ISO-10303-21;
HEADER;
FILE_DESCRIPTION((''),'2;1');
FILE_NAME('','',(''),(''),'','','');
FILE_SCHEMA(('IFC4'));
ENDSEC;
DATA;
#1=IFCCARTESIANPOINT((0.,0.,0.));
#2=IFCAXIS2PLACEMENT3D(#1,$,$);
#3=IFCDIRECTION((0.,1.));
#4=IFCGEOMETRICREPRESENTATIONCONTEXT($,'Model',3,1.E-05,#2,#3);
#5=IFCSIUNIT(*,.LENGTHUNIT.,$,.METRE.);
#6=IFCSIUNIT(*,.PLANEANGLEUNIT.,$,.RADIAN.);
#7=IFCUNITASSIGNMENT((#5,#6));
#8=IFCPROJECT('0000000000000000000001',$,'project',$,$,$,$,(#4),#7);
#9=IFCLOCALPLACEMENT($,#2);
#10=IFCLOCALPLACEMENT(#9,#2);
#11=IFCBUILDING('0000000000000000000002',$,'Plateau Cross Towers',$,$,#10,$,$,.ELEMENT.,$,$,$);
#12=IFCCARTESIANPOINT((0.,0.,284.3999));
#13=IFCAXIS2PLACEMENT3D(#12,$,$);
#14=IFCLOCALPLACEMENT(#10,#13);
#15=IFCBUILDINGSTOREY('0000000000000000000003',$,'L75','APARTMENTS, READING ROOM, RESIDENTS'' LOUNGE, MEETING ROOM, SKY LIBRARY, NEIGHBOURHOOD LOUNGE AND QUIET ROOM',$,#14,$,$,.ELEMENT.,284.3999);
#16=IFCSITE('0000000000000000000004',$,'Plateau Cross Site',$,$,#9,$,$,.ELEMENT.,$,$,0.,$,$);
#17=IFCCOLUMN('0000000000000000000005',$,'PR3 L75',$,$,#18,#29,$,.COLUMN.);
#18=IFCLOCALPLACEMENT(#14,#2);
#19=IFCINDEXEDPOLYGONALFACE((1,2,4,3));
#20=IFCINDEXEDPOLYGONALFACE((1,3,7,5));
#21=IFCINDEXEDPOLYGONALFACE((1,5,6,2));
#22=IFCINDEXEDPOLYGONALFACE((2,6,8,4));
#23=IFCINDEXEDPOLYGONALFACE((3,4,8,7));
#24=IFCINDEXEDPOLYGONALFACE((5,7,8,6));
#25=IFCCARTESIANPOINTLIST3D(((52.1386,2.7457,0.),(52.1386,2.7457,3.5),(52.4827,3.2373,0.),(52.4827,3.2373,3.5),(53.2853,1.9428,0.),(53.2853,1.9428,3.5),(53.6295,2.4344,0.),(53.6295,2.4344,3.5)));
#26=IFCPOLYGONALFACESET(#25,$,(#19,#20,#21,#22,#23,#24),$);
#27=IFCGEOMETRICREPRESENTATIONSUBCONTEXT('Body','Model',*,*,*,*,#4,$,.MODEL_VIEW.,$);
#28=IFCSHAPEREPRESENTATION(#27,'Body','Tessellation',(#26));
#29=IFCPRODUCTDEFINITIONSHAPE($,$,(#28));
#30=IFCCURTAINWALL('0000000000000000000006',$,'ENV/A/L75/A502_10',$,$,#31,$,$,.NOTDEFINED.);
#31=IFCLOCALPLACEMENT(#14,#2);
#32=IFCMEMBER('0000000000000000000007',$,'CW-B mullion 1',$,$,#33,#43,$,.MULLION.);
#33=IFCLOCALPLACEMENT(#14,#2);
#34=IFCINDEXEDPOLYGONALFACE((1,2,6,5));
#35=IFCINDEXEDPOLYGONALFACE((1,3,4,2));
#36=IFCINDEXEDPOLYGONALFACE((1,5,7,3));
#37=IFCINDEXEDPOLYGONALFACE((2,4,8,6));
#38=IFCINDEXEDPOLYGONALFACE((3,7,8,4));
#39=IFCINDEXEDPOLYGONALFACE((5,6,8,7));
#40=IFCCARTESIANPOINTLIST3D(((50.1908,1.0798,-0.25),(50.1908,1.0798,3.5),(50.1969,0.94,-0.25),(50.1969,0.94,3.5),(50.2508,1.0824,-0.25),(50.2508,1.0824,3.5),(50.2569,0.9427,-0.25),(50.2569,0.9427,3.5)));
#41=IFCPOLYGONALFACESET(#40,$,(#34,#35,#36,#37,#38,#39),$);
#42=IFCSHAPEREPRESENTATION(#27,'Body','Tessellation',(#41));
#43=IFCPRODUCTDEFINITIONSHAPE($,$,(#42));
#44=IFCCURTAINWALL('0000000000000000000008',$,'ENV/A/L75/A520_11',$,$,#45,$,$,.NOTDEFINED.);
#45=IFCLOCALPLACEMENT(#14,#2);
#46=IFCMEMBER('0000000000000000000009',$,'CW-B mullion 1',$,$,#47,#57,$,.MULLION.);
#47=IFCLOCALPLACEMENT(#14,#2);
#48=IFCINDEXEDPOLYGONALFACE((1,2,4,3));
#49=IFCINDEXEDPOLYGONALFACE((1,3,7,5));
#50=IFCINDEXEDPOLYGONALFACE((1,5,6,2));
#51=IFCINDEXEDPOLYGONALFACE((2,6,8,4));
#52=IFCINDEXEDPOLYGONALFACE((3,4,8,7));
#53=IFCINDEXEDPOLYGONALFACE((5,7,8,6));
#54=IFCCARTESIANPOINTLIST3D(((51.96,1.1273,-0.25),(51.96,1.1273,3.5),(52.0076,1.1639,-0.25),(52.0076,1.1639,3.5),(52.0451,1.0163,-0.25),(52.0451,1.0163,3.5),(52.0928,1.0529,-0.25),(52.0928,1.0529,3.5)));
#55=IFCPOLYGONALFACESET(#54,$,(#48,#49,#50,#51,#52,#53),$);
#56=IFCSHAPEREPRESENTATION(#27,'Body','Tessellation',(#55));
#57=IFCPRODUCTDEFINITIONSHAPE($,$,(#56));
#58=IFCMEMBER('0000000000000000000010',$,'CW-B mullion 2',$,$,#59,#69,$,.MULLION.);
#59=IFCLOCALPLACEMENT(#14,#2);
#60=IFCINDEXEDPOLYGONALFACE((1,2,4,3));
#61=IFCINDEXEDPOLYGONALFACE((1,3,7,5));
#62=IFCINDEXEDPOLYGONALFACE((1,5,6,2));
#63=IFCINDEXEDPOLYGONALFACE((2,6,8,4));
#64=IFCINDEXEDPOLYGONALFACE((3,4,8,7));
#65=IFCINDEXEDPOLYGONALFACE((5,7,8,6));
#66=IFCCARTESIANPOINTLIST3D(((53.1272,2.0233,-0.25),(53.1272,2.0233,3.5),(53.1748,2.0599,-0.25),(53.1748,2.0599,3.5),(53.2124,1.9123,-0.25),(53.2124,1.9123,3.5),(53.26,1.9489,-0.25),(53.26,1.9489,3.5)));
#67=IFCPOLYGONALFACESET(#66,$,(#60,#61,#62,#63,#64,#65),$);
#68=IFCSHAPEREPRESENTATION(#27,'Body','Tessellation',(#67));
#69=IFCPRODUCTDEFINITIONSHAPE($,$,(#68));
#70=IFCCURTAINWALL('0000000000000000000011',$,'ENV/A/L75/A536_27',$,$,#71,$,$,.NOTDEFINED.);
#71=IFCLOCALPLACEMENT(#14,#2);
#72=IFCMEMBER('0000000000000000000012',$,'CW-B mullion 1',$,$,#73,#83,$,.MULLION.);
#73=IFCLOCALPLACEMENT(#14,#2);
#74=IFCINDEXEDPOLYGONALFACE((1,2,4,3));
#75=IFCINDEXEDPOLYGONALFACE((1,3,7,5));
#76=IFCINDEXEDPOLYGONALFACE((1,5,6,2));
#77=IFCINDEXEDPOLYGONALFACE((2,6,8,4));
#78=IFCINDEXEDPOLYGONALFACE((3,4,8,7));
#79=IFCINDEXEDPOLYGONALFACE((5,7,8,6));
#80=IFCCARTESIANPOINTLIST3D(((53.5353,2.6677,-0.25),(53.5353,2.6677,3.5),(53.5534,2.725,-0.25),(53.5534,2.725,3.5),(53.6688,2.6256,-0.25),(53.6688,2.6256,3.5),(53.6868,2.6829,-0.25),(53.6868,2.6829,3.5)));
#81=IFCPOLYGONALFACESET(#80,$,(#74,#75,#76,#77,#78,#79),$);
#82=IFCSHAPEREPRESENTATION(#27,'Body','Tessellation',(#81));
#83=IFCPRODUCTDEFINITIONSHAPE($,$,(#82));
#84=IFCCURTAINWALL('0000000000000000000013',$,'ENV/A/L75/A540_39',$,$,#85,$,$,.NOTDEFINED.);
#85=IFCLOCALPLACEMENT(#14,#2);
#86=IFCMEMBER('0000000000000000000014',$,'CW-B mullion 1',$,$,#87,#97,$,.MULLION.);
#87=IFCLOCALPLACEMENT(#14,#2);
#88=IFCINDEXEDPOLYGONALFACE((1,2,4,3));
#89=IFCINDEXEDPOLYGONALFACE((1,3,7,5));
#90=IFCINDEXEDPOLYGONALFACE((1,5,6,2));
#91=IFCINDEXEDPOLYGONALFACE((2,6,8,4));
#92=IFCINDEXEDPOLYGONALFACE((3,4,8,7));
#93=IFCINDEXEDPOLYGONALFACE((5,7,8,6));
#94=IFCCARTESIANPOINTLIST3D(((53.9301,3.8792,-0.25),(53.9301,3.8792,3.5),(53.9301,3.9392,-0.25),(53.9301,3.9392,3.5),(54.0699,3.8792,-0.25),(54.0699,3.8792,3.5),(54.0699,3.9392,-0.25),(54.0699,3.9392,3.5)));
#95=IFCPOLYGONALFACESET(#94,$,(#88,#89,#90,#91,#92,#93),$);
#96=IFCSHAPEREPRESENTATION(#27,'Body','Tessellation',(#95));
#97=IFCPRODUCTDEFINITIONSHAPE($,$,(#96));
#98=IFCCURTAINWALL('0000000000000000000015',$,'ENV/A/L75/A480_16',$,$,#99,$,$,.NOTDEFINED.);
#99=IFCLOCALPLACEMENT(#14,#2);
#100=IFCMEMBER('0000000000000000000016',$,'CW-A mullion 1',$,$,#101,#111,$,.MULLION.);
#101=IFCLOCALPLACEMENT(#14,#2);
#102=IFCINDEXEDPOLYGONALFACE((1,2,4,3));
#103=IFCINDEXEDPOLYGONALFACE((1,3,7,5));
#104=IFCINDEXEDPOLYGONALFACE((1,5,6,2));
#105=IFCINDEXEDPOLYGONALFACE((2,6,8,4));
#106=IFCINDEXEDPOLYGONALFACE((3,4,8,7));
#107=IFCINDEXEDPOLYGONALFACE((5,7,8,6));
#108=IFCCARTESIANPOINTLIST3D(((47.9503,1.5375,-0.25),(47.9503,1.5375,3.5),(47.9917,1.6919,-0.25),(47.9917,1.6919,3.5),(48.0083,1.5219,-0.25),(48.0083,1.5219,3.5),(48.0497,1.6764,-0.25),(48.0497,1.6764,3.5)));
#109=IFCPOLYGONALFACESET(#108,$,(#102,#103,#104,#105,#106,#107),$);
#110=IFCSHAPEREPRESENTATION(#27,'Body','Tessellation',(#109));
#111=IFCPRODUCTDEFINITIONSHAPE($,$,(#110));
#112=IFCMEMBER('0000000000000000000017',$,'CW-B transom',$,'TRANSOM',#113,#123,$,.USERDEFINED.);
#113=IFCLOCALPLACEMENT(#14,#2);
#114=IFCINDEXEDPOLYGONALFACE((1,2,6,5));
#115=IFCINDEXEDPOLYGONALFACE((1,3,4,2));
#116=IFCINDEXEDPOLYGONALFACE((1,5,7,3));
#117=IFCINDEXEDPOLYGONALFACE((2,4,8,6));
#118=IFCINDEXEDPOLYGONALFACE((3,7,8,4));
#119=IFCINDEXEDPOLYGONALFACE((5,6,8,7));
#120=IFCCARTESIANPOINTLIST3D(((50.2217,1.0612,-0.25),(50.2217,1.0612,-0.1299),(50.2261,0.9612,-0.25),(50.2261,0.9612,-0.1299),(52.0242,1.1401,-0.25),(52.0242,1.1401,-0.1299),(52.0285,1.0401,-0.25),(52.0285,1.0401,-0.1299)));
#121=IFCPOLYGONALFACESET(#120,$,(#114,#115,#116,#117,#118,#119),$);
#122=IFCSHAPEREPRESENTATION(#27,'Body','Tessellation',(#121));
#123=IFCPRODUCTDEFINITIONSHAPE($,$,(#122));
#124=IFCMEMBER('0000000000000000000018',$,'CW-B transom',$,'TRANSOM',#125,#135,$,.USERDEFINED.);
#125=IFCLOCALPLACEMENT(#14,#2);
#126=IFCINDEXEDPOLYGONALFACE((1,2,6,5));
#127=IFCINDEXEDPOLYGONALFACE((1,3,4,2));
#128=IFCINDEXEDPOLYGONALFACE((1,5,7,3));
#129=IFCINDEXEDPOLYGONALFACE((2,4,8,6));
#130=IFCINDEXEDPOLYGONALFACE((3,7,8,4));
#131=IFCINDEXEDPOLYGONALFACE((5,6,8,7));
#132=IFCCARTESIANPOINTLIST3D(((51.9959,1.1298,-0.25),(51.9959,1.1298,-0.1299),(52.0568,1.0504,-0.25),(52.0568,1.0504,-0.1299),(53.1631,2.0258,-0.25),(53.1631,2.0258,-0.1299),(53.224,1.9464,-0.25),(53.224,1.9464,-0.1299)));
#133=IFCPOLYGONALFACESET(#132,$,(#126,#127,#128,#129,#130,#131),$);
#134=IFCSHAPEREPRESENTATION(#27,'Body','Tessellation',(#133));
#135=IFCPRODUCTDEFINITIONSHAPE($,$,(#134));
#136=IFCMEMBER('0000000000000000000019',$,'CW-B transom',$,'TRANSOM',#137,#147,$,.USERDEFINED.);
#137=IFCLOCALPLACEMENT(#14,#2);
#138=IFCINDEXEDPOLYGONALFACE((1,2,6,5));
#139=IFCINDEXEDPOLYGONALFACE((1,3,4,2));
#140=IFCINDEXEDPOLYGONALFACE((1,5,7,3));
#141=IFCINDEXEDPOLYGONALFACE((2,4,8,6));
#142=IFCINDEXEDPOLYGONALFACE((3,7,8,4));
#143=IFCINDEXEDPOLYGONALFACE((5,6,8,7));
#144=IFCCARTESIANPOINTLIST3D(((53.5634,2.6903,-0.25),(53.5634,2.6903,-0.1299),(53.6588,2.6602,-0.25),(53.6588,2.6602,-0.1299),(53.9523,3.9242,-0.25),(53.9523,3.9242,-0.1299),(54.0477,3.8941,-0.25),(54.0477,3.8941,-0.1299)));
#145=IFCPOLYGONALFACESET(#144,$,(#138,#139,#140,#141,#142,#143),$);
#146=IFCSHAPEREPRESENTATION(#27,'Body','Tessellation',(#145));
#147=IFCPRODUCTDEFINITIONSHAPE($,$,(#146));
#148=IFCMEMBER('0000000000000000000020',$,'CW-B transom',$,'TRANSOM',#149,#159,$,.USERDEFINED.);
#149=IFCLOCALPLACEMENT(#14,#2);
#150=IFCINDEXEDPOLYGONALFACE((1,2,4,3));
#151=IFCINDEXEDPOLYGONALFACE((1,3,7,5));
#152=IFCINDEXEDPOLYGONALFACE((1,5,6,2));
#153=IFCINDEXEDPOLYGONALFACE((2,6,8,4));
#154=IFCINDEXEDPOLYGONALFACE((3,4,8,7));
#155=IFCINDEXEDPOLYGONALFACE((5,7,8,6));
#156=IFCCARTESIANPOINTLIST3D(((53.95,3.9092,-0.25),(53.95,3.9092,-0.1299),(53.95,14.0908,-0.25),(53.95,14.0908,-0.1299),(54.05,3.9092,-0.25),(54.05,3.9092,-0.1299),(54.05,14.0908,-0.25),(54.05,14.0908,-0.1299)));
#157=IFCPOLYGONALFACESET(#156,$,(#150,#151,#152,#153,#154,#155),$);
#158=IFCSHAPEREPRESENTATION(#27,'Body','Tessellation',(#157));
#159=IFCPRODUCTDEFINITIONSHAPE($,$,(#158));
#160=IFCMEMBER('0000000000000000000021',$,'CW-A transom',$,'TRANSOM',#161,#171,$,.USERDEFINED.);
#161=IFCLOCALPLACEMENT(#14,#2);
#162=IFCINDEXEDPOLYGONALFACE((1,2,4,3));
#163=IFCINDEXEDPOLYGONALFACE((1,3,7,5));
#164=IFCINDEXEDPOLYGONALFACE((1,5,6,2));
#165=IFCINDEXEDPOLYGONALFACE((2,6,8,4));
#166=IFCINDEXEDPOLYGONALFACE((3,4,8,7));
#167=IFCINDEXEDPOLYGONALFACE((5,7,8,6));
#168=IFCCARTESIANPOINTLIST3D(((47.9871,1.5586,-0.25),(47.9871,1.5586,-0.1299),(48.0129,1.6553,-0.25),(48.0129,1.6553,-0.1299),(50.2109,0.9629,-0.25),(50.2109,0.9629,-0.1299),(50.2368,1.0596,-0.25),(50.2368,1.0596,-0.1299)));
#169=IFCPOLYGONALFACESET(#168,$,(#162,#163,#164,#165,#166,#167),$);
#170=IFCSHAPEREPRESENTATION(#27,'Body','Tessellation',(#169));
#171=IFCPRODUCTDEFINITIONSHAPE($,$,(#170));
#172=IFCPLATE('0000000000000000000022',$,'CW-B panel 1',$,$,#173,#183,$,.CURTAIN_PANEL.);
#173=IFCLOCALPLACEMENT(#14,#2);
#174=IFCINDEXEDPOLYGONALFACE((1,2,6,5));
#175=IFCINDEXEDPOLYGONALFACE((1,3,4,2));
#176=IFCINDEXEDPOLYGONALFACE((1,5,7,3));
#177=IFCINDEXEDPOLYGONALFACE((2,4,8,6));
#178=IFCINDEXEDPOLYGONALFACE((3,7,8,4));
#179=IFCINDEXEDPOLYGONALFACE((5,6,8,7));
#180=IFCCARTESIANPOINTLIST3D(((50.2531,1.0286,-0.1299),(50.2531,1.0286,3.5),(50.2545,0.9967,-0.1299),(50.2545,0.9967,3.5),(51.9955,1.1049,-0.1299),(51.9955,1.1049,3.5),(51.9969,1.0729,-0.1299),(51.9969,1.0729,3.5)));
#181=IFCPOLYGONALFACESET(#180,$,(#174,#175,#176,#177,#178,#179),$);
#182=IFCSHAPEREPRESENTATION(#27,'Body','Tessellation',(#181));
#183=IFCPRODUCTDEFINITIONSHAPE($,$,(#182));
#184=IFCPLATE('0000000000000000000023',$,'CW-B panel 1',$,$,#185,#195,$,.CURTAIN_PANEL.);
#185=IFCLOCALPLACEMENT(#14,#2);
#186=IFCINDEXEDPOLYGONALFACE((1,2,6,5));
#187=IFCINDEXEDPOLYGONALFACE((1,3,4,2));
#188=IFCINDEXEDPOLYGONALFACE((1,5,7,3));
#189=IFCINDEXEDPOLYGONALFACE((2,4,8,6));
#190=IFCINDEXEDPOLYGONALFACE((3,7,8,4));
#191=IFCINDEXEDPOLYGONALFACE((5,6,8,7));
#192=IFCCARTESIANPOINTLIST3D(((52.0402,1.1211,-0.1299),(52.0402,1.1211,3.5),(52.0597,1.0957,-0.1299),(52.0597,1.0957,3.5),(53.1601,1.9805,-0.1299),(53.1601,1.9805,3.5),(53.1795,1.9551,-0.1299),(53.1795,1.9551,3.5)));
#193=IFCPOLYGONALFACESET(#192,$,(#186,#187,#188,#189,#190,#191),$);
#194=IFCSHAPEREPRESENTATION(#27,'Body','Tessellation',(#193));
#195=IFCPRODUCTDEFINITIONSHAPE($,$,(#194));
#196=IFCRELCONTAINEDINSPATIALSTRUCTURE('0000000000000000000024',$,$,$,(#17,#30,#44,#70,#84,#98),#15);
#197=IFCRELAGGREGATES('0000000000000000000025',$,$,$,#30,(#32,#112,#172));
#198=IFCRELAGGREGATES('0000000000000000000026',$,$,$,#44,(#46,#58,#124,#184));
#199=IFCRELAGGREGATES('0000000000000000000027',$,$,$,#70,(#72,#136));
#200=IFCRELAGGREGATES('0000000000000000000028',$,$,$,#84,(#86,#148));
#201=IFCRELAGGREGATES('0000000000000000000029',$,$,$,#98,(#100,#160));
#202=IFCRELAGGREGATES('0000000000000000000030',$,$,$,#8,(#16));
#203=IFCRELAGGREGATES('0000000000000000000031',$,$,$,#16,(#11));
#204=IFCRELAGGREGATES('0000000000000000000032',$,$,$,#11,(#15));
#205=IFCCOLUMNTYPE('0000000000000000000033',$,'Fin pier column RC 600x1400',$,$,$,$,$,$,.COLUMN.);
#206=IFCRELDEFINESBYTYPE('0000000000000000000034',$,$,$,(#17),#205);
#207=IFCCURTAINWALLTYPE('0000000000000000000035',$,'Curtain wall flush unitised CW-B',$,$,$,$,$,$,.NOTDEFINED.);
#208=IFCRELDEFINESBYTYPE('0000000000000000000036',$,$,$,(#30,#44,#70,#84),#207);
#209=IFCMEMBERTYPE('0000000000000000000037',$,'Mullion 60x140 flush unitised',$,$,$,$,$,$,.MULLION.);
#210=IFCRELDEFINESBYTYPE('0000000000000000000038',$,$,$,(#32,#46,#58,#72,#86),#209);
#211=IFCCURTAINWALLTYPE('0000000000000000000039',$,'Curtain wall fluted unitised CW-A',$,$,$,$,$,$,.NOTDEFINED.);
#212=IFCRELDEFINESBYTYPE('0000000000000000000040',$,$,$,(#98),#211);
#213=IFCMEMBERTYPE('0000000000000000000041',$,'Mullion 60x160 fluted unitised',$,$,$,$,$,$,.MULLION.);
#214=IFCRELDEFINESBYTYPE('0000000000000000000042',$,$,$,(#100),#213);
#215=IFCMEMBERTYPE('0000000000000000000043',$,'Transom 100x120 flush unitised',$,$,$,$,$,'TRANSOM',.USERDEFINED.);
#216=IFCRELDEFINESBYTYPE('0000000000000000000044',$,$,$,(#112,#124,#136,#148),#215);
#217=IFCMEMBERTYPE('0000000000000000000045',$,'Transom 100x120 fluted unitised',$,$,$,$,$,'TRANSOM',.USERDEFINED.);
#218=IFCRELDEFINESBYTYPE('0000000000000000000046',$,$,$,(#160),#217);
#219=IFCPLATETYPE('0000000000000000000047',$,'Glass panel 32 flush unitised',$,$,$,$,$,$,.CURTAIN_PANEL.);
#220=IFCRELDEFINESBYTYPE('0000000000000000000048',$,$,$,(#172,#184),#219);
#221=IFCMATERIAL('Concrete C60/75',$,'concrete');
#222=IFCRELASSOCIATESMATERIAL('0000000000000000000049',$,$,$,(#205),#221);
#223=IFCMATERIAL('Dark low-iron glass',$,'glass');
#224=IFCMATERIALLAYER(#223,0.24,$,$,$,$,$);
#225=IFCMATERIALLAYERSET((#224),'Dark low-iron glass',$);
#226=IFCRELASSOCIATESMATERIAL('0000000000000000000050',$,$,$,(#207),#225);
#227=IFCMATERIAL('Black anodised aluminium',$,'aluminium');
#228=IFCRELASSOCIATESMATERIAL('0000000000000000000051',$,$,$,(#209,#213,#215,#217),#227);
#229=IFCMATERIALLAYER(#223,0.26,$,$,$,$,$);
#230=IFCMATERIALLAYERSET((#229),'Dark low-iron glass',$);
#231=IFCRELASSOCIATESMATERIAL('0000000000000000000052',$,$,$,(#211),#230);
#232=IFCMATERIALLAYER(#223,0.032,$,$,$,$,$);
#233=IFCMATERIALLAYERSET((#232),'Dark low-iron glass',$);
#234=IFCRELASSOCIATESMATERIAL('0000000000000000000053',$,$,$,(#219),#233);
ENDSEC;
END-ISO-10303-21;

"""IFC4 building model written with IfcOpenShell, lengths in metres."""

from ifc_helpers import new_model, si_unit, direction, frame, origin, origin_2d, place, context, subcontext, project, spatial, rectangle, extrude, material, layer, layer_set, material_profile, profile_set, type_object, element, aggregate, save


model = new_model("IFC4")

# Units and contexts
model_context = context("Model", 3, precision=1e-05, world=origin(), true_north=direction((0.0, 1.0)))
body_context = subcontext(model_context, "Body", "Model", "MODEL_VIEW")
ifc_project = project(units=[si_unit("LENGTHUNIT", "METRE"), si_unit("PLANEANGLEUNIT", "RADIAN")], contexts=[model_context])

# Site, building, storey
site_placement = place(None, origin())
site = spatial("IfcSite", under=ifc_project, at=site_placement, Name="Plateau Cross Site", CompositionType="ELEMENT", RefElevation=0.0)
building_placement = place(site_placement, origin())
building = spatial("IfcBuilding", under=site, at=building_placement, Name="Plateau Cross Towers", CompositionType="ELEMENT")
storey_placement = place(building_placement, frame((0.0, 0.0, 284.3999)))
storey = spatial("IfcBuildingStorey", under=building, at=storey_placement, Name="L75", Description="APARTMENTS, READING ROOM, RESIDENTS' LOUNGE, MEETING ROOM, SKY LIBRARY, NEIGHBOURHOOD LOUNGE AND QUIET ROOM", CompositionType="ELEMENT", Elevation=284.3999)

# Column
ifc_material_1 = material(Name="Concrete C60/75", Category="concrete")
ifc_material_profile_1 = material_profile(ifc_material_1, rectangle(XDim=0.6001, YDim=1.3999, at=origin_2d()), Name="RC 600x1400")
ifc_profile_set_1 = profile_set([ifc_material_profile_1], Name="Concrete C60/75")
column_type = type_object("IfcColumnType", Name="Fin pier column RC 600x1400", PredefinedType="COLUMN", material=ifc_profile_set_1)
column_placement = place(storey_placement, frame((52.884, 2.5901, 0.0), z_axis=(0.0, 0.0, 1.0), x_axis=(0.573543, 0.819176, 0.0)))
element("IfcColumn", 1, at=column_placement, inside=storey, type_object=column_type, Name="PR3 L75", PredefinedType="COLUMN", context=body_context, shape_type="SweptSolid", body=[
    extrude(rectangle(XDim=0.6001, YDim=1.3999, at=origin_2d()), origin(), (0.0, 0.0, 1.0), 3.5),
])

# Curtain wall, member
ifc_material_2 = material(Name="Dark low-iron glass", Category="glass")
ifc_layer_1 = layer(ifc_material_2, 0.24)
ifc_layer_set_1 = layer_set([ifc_layer_1], Name="Dark low-iron glass")
curtain_wall_type_1 = type_object("IfcCurtainWallType", Name="Curtain wall flush unitised CW-B", PredefinedType="NOTDEFINED", material=ifc_layer_set_1)
curtain_wall_1_placement = place(storey_placement, origin())
curtain_wall_1 = element("IfcCurtainWall", 2, at=curtain_wall_1_placement, inside=storey, type_object=curtain_wall_type_1, Name="ENV/A/L75/A502_10", PredefinedType="NOTDEFINED")
ifc_material_3 = material(Name="Black anodised aluminium", Category="aluminium")
ifc_material_profile_2 = material_profile(ifc_material_3, rectangle(XDim=0.0601, YDim=0.1399, at=origin_2d()), Name="MULLION 60x140")
ifc_profile_set_2 = profile_set([ifc_material_profile_2], Name="Black anodised aluminium")
member_type_1 = type_object("IfcMemberType", Name="Mullion 60x140 flush unitised", PredefinedType="MULLION", material=ifc_profile_set_2)
member_1_placement = place(storey_placement, frame((50.2239, 1.0112, -0.25), z_axis=(0.0, 0.0, 1.0), x_axis=(0.999044, 0.043723, 0.0)))
member_1 = element("IfcMember", 3, at=member_1_placement, type_object=member_type_1, Name="CW-B mullion 1", PredefinedType="MULLION", context=body_context, shape_type="SweptSolid", body=[
    extrude(rectangle(XDim=0.0601, YDim=0.1399, at=origin_2d()), origin(), (0.0, 0.0, 1.0), 3.75),
])

# Curtain wall, members
curtain_wall_2_placement = place(storey_placement, origin())
curtain_wall_2 = element("IfcCurtainWall", 4, at=curtain_wall_2_placement, inside=storey, type_object=curtain_wall_type_1, Name="ENV/A/L75/A520_11", PredefinedType="NOTDEFINED")
member_2_placement = place(storey_placement, frame((52.0264, 1.0901, -0.25), z_axis=(0.0, 0.0, 1.0), x_axis=(0.793316, 0.608811, 0.0)))
member_2 = element("IfcMember", 5, at=member_2_placement, type_object=member_type_1, Name="CW-B mullion 1", PredefinedType="MULLION", context=body_context, shape_type="SweptSolid", body=[
    extrude(rectangle(XDim=0.0601, YDim=0.1399, at=origin_2d()), origin(), (0.0, 0.0, 1.0), 3.75),
])
member_3_placement = place(storey_placement, frame((53.1936, 1.9861, -0.25), z_axis=(0.0, 0.0, 1.0), x_axis=(0.793316, 0.608811, 0.0)))
member_3 = element("IfcMember", 6, at=member_3_placement, type_object=member_type_1, Name="CW-B mullion 2", PredefinedType="MULLION", context=body_context, shape_type="SweptSolid", body=[
    extrude(rectangle(XDim=0.0601, YDim=0.1399, at=origin_2d()), origin(), (0.0, 0.0, 1.0), 3.75),
])

# Curtain walls, members
curtain_wall_3_placement = place(storey_placement, origin())
curtain_wall_3 = element("IfcCurtainWall", 7, at=curtain_wall_3_placement, inside=storey, type_object=curtain_wall_type_1, Name="ENV/A/L75/A536_27", PredefinedType="NOTDEFINED")
member_4_placement = place(storey_placement, frame((53.6111, 2.6753, -0.25), z_axis=(0.0, 0.0, 1.0), x_axis=(0.300686, 0.953723, 0.0)))
member_4 = element("IfcMember", 8, at=member_4_placement, type_object=member_type_1, Name="CW-B mullion 1", PredefinedType="MULLION", context=body_context, shape_type="SweptSolid", body=[
    extrude(rectangle(XDim=0.0601, YDim=0.1399, at=origin_2d()), origin(), (0.0, 0.0, 1.0), 3.75),
])
curtain_wall_4_placement = place(storey_placement, origin())
curtain_wall_4 = element("IfcCurtainWall", 9, at=curtain_wall_4_placement, inside=storey, type_object=curtain_wall_type_1, Name="ENV/A/L75/A540_39", PredefinedType="NOTDEFINED")
member_5_placement = place(storey_placement, frame((54.0, 3.9092, -0.25), z_axis=(0.0, 0.0, 1.0), x_axis=(0.0, 1.0, 0.0)))
member_5 = element("IfcMember", 10, at=member_5_placement, type_object=member_type_1, Name="CW-B mullion 1", PredefinedType="MULLION", context=body_context, shape_type="SweptSolid", body=[
    extrude(rectangle(XDim=0.0601, YDim=0.1399, at=origin_2d()), origin(), (0.0, 0.0, 1.0), 3.75),
])
ifc_layer_2 = layer(ifc_material_2, 0.26)
ifc_layer_set_2 = layer_set([ifc_layer_2], Name="Dark low-iron glass")
curtain_wall_type_2 = type_object("IfcCurtainWallType", Name="Curtain wall fluted unitised CW-A", PredefinedType="NOTDEFINED", material=ifc_layer_set_2)
curtain_wall_5_placement = place(storey_placement, origin())
curtain_wall_5 = element("IfcCurtainWall", 11, at=curtain_wall_5_placement, inside=storey, type_object=curtain_wall_type_2, Name="ENV/A/L75/A480_16", PredefinedType="NOTDEFINED")
ifc_material_profile_3 = material_profile(ifc_material_3, rectangle(XDim=0.0601, YDim=0.1599, at=origin_2d()), Name="MULLION 60x160")
ifc_profile_set_3 = profile_set([ifc_material_profile_3], Name="Black anodised aluminium")
member_type_2 = type_object("IfcMemberType", Name="Mullion 60x160 fluted unitised", PredefinedType="MULLION", material=ifc_profile_set_3)
member_6_placement = place(storey_placement, frame((48.0, 1.6069, -0.25), z_axis=(0.0, 0.0, 1.0), x_axis=(0.965958, -0.258699, 0.0)))
member_6 = element("IfcMember", 12, at=member_6_placement, type_object=member_type_2, Name="CW-A mullion 1", PredefinedType="MULLION", context=body_context, shape_type="SweptSolid", body=[
    extrude(rectangle(XDim=0.0601, YDim=0.1599, at=origin_2d()), origin(), (0.0, 0.0, 1.0), 3.75),
])

# Members
ifc_material_profile_4 = material_profile(ifc_material_3, rectangle(XDim=0.1001, YDim=0.1201, at=origin_2d()), Name="TRANSOM 100x120")
ifc_profile_set_4 = profile_set([ifc_material_profile_4], Name="Black anodised aluminium")
member_type_3 = type_object("IfcMemberType", Name="Transom 100x120 flush unitised", ElementType="TRANSOM", PredefinedType="USERDEFINED", material=ifc_profile_set_4)
member_7_placement = place(storey_placement, frame((50.2239, 1.0112, -0.1899), z_axis=(0.999044, 0.043707, 0.0), x_axis=(-0.043707, 0.999044, 0.0)))
member_7 = element("IfcMember", 13, at=member_7_placement, type_object=member_type_3, Name="CW-B transom", ObjectType="TRANSOM", PredefinedType="USERDEFINED", context=body_context, shape_type="SweptSolid", body=[
    extrude(rectangle(XDim=0.1001, YDim=0.1201, at=origin_2d()), origin(), (0.0, 0.0, 1.0), 1.8042),
])
member_8_placement = place(storey_placement, frame((52.0264, 1.0901, -0.1899), z_axis=(0.79324, 0.608909, 0.0), x_axis=(-0.608909, 0.79324, 0.0)))
member_8 = element("IfcMember", 14, at=member_8_placement, type_object=member_type_3, Name="CW-B transom", ObjectType="TRANSOM", PredefinedType="USERDEFINED", context=body_context, shape_type="SweptSolid", body=[
    extrude(rectangle(XDim=0.1001, YDim=0.1201, at=origin_2d()), origin(), (0.0, 0.0, 1.0), 1.4714),
])
member_9_placement = place(storey_placement, frame((53.6111, 2.6753, -0.1899), z_axis=(0.300617, 0.953745, 0.0), x_axis=(-0.953745, 0.300617, 0.0)))
member_9 = element("IfcMember", 15, at=member_9_placement, type_object=member_type_3, Name="CW-B transom", ObjectType="TRANSOM", PredefinedType="USERDEFINED", context=body_context, shape_type="SweptSolid", body=[
    extrude(rectangle(XDim=0.1001, YDim=0.1201, at=origin_2d()), origin(), (0.0, 0.0, 1.0), 1.2937),
])
member_10_placement = place(storey_placement, frame((54.0, 3.9092, -0.1899), z_axis=(0.0, 1.0, 0.0), x_axis=(-1.0, 0.0, 0.0)))
member_10 = element("IfcMember", 16, at=member_10_placement, type_object=member_type_3, Name="CW-B transom", ObjectType="TRANSOM", PredefinedType="USERDEFINED", context=body_context, shape_type="SweptSolid", body=[
    extrude(rectangle(XDim=0.1001, YDim=0.1201, at=origin_2d()), origin(), (0.0, 0.0, 1.0), 10.1816),
])
ifc_material_profile_5 = material_profile(ifc_material_3, rectangle(XDim=0.1001, YDim=0.1201, at=origin_2d()), Name="TRANSOM 100x120")
ifc_profile_set_5 = profile_set([ifc_material_profile_5], Name="Black anodised aluminium")
member_type_4 = type_object("IfcMemberType", Name="Transom 100x120 fluted unitised", ElementType="TRANSOM", PredefinedType="USERDEFINED", material=ifc_profile_set_5)
member_11_placement = place(storey_placement, frame((48.0, 1.6069, -0.1899), z_axis=(0.965946, -0.258745, 0.0), x_axis=(0.258745, 0.965946, 0.0)))
member_11 = element("IfcMember", 17, at=member_11_placement, type_object=member_type_4, Name="CW-A transom", ObjectType="TRANSOM", PredefinedType="USERDEFINED", context=body_context, shape_type="SweptSolid", body=[
    extrude(rectangle(XDim=0.1001, YDim=0.1201, at=origin_2d()), origin(), (0.0, 0.0, 1.0), 2.3022),
])

# Plates
ifc_layer_3 = layer(ifc_material_2, 0.032)
ifc_layer_set_3 = layer_set([ifc_layer_3], Name="Dark low-iron glass")
plate_type_1 = type_object("IfcPlateType", Name="Glass panel 32 flush unitised", PredefinedType="CURTAIN_PANEL", material=ifc_layer_set_3)
plate_1_placement = place(storey_placement, frame((51.125, 1.0508, -0.1299), z_axis=(0.0, 0.0, 1.0), x_axis=(0.999044, 0.043723, 0.0)))
plate_1 = element("IfcPlate", 18, at=plate_1_placement, type_object=plate_type_1, Name="CW-B panel 1", PredefinedType="CURTAIN_PANEL", context=body_context, shape_type="SweptSolid", body=[
    extrude(rectangle(XDim=1.7441, YDim=0.032, at=origin_2d()), origin(), (0.0, 0.0, 1.0), 3.6299),
])
aggregate(curtain_wall_1, [member_1, member_7, plate_1])
plate_2_placement = place(storey_placement, frame((52.6099, 1.5381, -0.1299), z_axis=(0.0, 0.0, 1.0), x_axis=(0.793316, 0.608811, 0.0)))
plate_2 = element("IfcPlate", 19, at=plate_2_placement, type_object=plate_type_1, Name="CW-B panel 1", PredefinedType="CURTAIN_PANEL", context=body_context, shape_type="SweptSolid", body=[
    extrude(rectangle(XDim=1.4116, YDim=0.032, at=origin_2d()), origin(), (0.0, 0.0, 1.0), 3.6299),
])
aggregate(curtain_wall_2, [member_2, member_3, member_8, plate_2])
aggregate(curtain_wall_3, [member_4, member_9])
aggregate(curtain_wall_4, [member_5, member_10])

aggregate(curtain_wall_5, [member_6, member_11])

save(model, "model.ifc")
